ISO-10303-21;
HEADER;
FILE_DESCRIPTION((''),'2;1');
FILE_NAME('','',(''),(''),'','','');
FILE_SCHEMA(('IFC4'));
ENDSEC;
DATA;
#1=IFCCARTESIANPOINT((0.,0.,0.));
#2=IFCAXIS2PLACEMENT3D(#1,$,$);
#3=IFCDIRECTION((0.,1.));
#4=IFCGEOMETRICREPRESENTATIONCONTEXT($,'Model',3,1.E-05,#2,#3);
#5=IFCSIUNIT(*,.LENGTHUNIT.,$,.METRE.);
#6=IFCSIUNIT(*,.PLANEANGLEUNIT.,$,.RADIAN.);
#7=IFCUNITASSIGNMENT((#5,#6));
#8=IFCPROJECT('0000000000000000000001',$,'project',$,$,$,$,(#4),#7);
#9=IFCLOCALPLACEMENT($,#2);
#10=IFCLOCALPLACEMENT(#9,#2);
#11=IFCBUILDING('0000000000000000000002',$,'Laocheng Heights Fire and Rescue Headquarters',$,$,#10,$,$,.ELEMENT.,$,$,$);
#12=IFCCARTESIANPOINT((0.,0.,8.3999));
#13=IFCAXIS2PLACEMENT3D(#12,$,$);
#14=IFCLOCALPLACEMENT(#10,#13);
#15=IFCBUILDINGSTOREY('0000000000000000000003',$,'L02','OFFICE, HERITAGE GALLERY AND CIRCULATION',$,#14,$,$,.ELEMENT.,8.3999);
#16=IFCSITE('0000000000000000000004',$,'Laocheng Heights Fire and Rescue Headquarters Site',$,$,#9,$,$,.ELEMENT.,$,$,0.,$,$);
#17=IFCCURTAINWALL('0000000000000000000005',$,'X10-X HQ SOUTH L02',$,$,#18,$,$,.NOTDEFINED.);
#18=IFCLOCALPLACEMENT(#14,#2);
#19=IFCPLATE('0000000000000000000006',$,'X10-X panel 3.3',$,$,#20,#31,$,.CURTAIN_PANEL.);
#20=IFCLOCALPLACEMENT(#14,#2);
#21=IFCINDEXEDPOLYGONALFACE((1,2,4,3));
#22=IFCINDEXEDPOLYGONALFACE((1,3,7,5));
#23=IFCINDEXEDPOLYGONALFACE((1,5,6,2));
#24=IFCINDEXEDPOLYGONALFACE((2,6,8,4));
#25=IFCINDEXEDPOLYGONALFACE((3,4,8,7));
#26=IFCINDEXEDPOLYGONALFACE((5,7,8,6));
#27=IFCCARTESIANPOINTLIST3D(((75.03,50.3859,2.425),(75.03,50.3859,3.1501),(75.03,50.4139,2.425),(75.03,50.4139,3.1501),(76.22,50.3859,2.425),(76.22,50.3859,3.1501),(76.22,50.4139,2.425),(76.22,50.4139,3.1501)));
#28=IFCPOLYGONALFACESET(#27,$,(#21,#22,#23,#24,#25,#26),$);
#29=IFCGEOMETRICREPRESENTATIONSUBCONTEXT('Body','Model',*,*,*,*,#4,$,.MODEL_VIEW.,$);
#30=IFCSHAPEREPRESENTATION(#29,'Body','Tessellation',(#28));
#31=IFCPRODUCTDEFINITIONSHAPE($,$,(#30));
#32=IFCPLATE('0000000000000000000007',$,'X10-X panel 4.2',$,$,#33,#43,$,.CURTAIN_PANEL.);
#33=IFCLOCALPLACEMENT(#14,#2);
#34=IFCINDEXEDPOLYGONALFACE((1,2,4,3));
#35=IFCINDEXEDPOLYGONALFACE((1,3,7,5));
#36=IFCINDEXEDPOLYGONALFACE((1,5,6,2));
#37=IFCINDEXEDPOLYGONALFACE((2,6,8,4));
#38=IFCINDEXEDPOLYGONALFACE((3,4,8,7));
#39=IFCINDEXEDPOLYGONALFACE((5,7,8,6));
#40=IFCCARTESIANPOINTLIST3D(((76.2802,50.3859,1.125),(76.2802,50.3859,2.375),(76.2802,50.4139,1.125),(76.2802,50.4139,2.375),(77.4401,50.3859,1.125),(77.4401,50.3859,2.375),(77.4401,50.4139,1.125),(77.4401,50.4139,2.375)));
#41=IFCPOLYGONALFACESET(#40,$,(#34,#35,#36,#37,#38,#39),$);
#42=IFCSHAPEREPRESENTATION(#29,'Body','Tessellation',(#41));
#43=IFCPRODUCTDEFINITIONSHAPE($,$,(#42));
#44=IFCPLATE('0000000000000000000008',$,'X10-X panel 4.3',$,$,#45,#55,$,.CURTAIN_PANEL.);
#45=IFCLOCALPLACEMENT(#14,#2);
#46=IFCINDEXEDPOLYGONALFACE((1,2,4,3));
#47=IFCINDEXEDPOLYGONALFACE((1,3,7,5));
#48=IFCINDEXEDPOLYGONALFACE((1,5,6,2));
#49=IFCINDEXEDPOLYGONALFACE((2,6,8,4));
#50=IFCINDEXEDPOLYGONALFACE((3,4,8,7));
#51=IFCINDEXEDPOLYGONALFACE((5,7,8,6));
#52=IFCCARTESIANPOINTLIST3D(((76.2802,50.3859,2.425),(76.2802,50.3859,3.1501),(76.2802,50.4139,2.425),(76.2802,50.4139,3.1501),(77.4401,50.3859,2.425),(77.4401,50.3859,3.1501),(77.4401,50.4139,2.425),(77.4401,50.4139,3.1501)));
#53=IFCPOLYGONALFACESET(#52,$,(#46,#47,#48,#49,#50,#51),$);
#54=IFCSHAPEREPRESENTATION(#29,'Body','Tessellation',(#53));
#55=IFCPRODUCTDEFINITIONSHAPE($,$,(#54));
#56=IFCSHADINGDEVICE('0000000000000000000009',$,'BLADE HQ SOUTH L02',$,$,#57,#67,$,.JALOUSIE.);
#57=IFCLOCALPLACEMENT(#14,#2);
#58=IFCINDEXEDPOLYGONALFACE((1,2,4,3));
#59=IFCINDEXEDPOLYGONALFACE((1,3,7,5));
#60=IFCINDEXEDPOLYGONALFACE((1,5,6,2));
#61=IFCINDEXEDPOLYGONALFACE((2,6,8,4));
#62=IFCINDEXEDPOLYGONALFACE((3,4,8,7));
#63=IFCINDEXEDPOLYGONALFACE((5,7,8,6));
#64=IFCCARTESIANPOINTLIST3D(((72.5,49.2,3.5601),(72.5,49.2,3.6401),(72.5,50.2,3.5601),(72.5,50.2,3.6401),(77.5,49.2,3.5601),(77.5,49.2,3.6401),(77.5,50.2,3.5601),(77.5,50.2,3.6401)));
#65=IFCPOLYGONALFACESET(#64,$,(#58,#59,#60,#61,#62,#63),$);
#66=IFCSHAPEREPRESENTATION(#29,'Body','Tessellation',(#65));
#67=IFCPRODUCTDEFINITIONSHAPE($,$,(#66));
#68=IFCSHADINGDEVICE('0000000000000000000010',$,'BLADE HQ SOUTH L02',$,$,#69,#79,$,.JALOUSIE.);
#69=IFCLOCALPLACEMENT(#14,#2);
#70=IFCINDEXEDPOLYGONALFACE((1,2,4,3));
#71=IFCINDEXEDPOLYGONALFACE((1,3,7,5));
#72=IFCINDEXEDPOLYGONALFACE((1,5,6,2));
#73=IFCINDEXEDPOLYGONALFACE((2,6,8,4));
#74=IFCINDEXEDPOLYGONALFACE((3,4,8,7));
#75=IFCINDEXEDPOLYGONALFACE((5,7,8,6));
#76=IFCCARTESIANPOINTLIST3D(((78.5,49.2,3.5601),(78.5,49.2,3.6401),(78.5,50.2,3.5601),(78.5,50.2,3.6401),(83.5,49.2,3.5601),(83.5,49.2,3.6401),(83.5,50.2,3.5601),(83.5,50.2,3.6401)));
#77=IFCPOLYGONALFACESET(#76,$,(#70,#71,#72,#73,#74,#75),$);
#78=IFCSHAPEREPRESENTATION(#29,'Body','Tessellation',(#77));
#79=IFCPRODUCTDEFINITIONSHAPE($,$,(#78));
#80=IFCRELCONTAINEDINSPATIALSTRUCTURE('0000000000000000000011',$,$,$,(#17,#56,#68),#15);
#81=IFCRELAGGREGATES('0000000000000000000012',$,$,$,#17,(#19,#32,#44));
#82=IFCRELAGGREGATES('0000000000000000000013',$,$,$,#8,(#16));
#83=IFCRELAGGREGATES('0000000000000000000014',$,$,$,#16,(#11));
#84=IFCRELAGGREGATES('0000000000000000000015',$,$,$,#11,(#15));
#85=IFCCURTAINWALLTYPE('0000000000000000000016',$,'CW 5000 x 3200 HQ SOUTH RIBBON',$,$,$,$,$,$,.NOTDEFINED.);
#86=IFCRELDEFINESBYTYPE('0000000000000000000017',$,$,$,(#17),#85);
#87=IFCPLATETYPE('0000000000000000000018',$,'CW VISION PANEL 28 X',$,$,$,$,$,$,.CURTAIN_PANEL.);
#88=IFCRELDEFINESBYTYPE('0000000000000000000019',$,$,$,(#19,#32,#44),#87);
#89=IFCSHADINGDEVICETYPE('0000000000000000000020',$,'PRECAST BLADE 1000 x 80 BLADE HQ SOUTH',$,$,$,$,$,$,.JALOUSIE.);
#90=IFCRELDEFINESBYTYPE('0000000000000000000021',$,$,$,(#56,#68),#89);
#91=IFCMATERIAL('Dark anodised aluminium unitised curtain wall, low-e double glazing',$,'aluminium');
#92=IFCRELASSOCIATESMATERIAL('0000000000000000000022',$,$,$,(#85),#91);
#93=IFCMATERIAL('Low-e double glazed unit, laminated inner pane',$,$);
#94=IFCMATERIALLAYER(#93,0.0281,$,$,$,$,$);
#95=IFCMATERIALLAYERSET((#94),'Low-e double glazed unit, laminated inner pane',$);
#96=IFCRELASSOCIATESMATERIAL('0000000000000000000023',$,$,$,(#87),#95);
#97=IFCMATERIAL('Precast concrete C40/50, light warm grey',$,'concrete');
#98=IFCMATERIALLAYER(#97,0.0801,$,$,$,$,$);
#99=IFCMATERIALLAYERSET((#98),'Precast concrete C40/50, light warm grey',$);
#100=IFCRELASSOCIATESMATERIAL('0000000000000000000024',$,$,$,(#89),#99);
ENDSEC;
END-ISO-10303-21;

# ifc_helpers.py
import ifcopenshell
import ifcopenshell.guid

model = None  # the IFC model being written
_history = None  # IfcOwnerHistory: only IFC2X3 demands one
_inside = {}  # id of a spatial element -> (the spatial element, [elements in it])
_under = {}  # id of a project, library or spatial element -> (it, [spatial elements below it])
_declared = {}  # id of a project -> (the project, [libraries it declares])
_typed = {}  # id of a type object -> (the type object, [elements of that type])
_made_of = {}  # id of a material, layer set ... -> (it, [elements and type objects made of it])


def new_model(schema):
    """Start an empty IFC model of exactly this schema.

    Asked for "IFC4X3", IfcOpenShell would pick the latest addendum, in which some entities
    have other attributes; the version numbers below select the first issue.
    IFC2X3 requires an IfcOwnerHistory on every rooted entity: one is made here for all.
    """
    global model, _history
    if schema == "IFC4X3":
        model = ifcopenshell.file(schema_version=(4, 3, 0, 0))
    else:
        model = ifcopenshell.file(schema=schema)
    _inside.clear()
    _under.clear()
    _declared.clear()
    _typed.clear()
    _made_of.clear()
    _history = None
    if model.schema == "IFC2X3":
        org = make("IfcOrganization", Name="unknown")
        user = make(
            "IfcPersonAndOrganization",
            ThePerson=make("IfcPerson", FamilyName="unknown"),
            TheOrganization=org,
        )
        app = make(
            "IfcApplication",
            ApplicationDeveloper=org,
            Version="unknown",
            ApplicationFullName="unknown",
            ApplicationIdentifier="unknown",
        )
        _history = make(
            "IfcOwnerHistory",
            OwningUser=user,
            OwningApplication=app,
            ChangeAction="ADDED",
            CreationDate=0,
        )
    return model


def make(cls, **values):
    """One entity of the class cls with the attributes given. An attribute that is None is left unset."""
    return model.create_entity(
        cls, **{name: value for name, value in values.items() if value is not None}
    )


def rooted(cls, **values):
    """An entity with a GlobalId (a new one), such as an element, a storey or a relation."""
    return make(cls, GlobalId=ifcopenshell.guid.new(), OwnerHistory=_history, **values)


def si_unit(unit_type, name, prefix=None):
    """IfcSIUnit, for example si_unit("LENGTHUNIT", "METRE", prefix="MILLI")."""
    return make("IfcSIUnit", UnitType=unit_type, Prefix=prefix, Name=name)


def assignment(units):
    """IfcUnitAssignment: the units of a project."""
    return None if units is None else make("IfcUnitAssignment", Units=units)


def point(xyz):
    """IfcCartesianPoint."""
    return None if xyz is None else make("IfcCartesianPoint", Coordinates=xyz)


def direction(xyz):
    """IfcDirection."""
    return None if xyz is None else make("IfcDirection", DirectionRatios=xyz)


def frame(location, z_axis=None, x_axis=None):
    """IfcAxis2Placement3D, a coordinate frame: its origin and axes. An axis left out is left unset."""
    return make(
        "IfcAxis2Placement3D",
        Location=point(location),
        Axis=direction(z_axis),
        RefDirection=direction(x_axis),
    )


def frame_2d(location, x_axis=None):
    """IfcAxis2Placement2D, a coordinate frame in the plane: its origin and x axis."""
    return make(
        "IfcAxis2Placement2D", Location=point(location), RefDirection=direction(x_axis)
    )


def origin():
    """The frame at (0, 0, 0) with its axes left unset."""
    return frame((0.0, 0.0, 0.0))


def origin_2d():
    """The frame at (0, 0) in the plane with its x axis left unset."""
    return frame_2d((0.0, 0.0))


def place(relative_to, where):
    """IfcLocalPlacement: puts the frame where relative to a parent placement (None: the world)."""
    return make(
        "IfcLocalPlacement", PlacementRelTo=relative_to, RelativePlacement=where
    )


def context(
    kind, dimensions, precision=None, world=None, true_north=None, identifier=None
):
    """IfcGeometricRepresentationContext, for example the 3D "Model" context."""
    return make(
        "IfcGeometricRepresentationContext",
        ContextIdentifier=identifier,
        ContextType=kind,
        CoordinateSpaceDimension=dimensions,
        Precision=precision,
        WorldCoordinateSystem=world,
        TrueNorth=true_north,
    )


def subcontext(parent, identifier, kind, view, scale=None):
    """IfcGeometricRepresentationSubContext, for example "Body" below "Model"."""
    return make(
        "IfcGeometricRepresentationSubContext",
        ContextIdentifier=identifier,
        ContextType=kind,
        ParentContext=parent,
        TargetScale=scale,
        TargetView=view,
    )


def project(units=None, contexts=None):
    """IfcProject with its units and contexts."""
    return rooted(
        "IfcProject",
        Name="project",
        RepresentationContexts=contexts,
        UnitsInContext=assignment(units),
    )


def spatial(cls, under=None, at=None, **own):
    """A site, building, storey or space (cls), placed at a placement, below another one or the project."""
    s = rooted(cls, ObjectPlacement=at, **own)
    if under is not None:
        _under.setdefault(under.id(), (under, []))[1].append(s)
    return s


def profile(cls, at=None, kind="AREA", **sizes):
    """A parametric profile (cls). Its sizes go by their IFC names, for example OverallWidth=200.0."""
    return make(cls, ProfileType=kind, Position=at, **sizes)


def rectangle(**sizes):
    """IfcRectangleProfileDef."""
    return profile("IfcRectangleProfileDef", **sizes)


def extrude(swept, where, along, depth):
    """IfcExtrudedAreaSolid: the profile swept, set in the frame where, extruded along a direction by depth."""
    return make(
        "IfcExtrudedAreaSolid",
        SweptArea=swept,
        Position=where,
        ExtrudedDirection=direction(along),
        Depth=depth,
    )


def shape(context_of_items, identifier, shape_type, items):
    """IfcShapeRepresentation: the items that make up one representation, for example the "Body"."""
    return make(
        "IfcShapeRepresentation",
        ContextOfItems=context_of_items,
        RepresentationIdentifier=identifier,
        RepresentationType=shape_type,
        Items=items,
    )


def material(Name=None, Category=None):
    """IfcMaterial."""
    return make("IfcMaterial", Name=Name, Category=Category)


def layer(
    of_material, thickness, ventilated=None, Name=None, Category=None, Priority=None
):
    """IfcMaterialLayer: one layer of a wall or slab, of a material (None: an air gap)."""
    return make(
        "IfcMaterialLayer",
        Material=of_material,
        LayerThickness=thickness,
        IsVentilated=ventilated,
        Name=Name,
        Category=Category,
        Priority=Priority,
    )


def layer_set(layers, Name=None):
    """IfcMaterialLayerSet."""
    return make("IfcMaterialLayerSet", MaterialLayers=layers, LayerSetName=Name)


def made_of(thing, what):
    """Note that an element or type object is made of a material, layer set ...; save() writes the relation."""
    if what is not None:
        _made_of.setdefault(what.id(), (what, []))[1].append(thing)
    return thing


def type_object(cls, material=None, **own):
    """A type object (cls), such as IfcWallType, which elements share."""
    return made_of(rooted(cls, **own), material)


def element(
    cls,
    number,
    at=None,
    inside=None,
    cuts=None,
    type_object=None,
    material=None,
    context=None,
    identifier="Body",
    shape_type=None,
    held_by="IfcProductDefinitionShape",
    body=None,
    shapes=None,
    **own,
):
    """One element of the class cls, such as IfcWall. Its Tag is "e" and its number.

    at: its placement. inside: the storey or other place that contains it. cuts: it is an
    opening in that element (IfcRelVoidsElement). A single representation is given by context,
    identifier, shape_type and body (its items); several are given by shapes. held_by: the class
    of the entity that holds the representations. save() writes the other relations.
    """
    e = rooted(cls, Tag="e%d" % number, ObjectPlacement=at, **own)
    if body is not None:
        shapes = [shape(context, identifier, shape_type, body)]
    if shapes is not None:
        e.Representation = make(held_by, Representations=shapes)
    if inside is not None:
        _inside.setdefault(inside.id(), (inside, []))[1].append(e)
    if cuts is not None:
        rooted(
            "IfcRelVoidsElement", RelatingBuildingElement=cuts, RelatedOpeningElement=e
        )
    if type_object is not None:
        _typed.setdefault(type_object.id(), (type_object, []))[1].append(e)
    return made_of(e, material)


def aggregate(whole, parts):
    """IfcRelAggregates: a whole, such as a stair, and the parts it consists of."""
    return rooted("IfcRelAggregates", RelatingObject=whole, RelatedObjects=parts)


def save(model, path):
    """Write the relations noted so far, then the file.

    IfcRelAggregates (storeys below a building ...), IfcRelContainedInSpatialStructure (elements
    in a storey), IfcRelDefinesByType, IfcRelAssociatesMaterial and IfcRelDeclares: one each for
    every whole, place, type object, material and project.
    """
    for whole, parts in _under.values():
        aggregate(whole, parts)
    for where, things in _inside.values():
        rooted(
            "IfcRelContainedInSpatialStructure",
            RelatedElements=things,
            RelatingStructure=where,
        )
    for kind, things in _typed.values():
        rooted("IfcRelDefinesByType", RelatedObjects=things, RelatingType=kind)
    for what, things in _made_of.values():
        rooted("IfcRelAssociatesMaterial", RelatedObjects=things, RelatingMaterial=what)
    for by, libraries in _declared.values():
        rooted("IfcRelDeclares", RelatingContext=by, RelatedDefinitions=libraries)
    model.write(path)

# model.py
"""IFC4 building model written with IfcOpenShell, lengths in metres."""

from ifc_helpers import new_model, si_unit, direction, frame, origin, origin_2d, place, context, subcontext, project, spatial, rectangle, extrude, material, layer, layer_set, type_object, element, aggregate, save


model = new_model("IFC4")

# Units and contexts
model_context = context("Model", 3, precision=1e-05, world=origin(), true_north=direction((0.0, 1.0)))
body_context = subcontext(model_context, "Body", "Model", "MODEL_VIEW")
ifc_project = project(units=[si_unit("LENGTHUNIT", "METRE"), si_unit("PLANEANGLEUNIT", "RADIAN")], contexts=[model_context])

# Site, building, storey
site_placement = place(None, origin())
site = spatial("IfcSite", under=ifc_project, at=site_placement, Name="Laocheng Heights Fire and Rescue Headquarters Site", CompositionType="ELEMENT", RefElevation=0.0)
building_placement = place(site_placement, origin())
building = spatial("IfcBuilding", under=site, at=building_placement, Name="Laocheng Heights Fire and Rescue Headquarters", CompositionType="ELEMENT")
storey_placement = place(building_placement, frame((0.0, 0.0, 8.3999)))
storey = spatial("IfcBuildingStorey", under=building, at=storey_placement, Name="L02", Description="OFFICE, HERITAGE GALLERY AND CIRCULATION", CompositionType="ELEMENT", Elevation=8.3999)

# Curtain wall
ifc_material_1 = material(Name="Dark anodised aluminium unitised curtain wall, low-e double glazing", Category="aluminium")
curtain_wall_type = type_object("IfcCurtainWallType", Name="CW 5000 x 3200 HQ SOUTH RIBBON", PredefinedType="NOTDEFINED", material=ifc_material_1)
curtain_wall_1_placement = place(storey_placement, origin())
curtain_wall_1 = element("IfcCurtainWall", 1, at=curtain_wall_1_placement, inside=storey, type_object=curtain_wall_type, Name="X10-X HQ SOUTH L02", PredefinedType="NOTDEFINED")

# Plates
ifc_material_2 = material(Name="Low-e double glazed unit, laminated inner pane")
ifc_layer_1 = layer(ifc_material_2, 0.0281)
ifc_layer_set_1 = layer_set([ifc_layer_1], Name="Low-e double glazed unit, laminated inner pane")
plate_type_1 = type_object("IfcPlateType", Name="CW VISION PANEL 28 X", PredefinedType="CURTAIN_PANEL", material=ifc_layer_set_1)
plate_1_placement = place(storey_placement, frame((75.625, 50.3999, 2.425), z_axis=(0.0, 0.0, 1.0), x_axis=(1.0, 0.0, 0.0)))
plate_1 = element("IfcPlate", 2, at=plate_1_placement, type_object=plate_type_1, Name="X10-X panel 3.3", PredefinedType="CURTAIN_PANEL", context=body_context, shape_type="SweptSolid", body=[
    extrude(rectangle(XDim=1.1899, YDim=0.0281, at=origin_2d()), origin(), (0.0, 0.0, 1.0), 0.7251),
])
plate_2_placement = place(storey_placement, frame((76.8601, 50.3999, 1.125), z_axis=(0.0, 0.0, 1.0), x_axis=(1.0, 0.0, 0.0)))
plate_2 = element("IfcPlate", 3, at=plate_2_placement, type_object=plate_type_1, Name="X10-X panel 4.2", PredefinedType="CURTAIN_PANEL", context=body_context, shape_type="SweptSolid", body=[
    extrude(rectangle(XDim=1.1599, YDim=0.0281, at=origin_2d()), origin(), (0.0, 0.0, 1.0), 1.25),
])
plate_3_placement = place(storey_placement, frame((76.8601, 50.3999, 2.425), z_axis=(0.0, 0.0, 1.0), x_axis=(1.0, 0.0, 0.0)))
plate_3 = element("IfcPlate", 4, at=plate_3_placement, type_object=plate_type_1, Name="X10-X panel 4.3", PredefinedType="CURTAIN_PANEL", context=body_context, shape_type="SweptSolid", body=[
    extrude(rectangle(XDim=1.1599, YDim=0.0281, at=origin_2d()), origin(), (0.0, 0.0, 1.0), 0.7251),
])
aggregate(curtain_wall_1, [plate_1, plate_2, plate_3])

# Shading devices
ifc_material_3 = material(Name="Precast concrete C40/50, light warm grey", Category="concrete")
ifc_layer_2 = layer(ifc_material_3, 0.0801)
ifc_layer_set_2 = layer_set([ifc_layer_2], Name="Precast concrete C40/50, light warm grey")
shading_device_type = type_object("IfcShadingDeviceType", Name="PRECAST BLADE 1000 x 80 BLADE HQ SOUTH", PredefinedType="JALOUSIE", material=ifc_layer_set_2)
for number, where, z_axis, x_axis, name in (
    (5, (75.0, 49.7, 3.5601), (0.0, 0.0, 1.0), (1.0, 0.0, 0.0), "BLADE HQ SOUTH L02"),
    (6, (81.0, 49.7, 3.5601), (0.0, 0.0, 1.0), (1.0, 0.0, 0.0), "BLADE HQ SOUTH L02"),
):
    element("IfcShadingDevice", number, at=place(storey_placement, frame(where, z_axis=z_axis, x_axis=x_axis)), inside=storey, type_object=shading_device_type, Name=name, PredefinedType="JALOUSIE", context=body_context, shape_type="SweptSolid", body=[
        extrude(rectangle(XDim=5.0, YDim=1.0, at=origin_2d()), origin(), (0.0, 0.0, 1.0), 0.0801),
    ])

save(model, "model.ifc")
